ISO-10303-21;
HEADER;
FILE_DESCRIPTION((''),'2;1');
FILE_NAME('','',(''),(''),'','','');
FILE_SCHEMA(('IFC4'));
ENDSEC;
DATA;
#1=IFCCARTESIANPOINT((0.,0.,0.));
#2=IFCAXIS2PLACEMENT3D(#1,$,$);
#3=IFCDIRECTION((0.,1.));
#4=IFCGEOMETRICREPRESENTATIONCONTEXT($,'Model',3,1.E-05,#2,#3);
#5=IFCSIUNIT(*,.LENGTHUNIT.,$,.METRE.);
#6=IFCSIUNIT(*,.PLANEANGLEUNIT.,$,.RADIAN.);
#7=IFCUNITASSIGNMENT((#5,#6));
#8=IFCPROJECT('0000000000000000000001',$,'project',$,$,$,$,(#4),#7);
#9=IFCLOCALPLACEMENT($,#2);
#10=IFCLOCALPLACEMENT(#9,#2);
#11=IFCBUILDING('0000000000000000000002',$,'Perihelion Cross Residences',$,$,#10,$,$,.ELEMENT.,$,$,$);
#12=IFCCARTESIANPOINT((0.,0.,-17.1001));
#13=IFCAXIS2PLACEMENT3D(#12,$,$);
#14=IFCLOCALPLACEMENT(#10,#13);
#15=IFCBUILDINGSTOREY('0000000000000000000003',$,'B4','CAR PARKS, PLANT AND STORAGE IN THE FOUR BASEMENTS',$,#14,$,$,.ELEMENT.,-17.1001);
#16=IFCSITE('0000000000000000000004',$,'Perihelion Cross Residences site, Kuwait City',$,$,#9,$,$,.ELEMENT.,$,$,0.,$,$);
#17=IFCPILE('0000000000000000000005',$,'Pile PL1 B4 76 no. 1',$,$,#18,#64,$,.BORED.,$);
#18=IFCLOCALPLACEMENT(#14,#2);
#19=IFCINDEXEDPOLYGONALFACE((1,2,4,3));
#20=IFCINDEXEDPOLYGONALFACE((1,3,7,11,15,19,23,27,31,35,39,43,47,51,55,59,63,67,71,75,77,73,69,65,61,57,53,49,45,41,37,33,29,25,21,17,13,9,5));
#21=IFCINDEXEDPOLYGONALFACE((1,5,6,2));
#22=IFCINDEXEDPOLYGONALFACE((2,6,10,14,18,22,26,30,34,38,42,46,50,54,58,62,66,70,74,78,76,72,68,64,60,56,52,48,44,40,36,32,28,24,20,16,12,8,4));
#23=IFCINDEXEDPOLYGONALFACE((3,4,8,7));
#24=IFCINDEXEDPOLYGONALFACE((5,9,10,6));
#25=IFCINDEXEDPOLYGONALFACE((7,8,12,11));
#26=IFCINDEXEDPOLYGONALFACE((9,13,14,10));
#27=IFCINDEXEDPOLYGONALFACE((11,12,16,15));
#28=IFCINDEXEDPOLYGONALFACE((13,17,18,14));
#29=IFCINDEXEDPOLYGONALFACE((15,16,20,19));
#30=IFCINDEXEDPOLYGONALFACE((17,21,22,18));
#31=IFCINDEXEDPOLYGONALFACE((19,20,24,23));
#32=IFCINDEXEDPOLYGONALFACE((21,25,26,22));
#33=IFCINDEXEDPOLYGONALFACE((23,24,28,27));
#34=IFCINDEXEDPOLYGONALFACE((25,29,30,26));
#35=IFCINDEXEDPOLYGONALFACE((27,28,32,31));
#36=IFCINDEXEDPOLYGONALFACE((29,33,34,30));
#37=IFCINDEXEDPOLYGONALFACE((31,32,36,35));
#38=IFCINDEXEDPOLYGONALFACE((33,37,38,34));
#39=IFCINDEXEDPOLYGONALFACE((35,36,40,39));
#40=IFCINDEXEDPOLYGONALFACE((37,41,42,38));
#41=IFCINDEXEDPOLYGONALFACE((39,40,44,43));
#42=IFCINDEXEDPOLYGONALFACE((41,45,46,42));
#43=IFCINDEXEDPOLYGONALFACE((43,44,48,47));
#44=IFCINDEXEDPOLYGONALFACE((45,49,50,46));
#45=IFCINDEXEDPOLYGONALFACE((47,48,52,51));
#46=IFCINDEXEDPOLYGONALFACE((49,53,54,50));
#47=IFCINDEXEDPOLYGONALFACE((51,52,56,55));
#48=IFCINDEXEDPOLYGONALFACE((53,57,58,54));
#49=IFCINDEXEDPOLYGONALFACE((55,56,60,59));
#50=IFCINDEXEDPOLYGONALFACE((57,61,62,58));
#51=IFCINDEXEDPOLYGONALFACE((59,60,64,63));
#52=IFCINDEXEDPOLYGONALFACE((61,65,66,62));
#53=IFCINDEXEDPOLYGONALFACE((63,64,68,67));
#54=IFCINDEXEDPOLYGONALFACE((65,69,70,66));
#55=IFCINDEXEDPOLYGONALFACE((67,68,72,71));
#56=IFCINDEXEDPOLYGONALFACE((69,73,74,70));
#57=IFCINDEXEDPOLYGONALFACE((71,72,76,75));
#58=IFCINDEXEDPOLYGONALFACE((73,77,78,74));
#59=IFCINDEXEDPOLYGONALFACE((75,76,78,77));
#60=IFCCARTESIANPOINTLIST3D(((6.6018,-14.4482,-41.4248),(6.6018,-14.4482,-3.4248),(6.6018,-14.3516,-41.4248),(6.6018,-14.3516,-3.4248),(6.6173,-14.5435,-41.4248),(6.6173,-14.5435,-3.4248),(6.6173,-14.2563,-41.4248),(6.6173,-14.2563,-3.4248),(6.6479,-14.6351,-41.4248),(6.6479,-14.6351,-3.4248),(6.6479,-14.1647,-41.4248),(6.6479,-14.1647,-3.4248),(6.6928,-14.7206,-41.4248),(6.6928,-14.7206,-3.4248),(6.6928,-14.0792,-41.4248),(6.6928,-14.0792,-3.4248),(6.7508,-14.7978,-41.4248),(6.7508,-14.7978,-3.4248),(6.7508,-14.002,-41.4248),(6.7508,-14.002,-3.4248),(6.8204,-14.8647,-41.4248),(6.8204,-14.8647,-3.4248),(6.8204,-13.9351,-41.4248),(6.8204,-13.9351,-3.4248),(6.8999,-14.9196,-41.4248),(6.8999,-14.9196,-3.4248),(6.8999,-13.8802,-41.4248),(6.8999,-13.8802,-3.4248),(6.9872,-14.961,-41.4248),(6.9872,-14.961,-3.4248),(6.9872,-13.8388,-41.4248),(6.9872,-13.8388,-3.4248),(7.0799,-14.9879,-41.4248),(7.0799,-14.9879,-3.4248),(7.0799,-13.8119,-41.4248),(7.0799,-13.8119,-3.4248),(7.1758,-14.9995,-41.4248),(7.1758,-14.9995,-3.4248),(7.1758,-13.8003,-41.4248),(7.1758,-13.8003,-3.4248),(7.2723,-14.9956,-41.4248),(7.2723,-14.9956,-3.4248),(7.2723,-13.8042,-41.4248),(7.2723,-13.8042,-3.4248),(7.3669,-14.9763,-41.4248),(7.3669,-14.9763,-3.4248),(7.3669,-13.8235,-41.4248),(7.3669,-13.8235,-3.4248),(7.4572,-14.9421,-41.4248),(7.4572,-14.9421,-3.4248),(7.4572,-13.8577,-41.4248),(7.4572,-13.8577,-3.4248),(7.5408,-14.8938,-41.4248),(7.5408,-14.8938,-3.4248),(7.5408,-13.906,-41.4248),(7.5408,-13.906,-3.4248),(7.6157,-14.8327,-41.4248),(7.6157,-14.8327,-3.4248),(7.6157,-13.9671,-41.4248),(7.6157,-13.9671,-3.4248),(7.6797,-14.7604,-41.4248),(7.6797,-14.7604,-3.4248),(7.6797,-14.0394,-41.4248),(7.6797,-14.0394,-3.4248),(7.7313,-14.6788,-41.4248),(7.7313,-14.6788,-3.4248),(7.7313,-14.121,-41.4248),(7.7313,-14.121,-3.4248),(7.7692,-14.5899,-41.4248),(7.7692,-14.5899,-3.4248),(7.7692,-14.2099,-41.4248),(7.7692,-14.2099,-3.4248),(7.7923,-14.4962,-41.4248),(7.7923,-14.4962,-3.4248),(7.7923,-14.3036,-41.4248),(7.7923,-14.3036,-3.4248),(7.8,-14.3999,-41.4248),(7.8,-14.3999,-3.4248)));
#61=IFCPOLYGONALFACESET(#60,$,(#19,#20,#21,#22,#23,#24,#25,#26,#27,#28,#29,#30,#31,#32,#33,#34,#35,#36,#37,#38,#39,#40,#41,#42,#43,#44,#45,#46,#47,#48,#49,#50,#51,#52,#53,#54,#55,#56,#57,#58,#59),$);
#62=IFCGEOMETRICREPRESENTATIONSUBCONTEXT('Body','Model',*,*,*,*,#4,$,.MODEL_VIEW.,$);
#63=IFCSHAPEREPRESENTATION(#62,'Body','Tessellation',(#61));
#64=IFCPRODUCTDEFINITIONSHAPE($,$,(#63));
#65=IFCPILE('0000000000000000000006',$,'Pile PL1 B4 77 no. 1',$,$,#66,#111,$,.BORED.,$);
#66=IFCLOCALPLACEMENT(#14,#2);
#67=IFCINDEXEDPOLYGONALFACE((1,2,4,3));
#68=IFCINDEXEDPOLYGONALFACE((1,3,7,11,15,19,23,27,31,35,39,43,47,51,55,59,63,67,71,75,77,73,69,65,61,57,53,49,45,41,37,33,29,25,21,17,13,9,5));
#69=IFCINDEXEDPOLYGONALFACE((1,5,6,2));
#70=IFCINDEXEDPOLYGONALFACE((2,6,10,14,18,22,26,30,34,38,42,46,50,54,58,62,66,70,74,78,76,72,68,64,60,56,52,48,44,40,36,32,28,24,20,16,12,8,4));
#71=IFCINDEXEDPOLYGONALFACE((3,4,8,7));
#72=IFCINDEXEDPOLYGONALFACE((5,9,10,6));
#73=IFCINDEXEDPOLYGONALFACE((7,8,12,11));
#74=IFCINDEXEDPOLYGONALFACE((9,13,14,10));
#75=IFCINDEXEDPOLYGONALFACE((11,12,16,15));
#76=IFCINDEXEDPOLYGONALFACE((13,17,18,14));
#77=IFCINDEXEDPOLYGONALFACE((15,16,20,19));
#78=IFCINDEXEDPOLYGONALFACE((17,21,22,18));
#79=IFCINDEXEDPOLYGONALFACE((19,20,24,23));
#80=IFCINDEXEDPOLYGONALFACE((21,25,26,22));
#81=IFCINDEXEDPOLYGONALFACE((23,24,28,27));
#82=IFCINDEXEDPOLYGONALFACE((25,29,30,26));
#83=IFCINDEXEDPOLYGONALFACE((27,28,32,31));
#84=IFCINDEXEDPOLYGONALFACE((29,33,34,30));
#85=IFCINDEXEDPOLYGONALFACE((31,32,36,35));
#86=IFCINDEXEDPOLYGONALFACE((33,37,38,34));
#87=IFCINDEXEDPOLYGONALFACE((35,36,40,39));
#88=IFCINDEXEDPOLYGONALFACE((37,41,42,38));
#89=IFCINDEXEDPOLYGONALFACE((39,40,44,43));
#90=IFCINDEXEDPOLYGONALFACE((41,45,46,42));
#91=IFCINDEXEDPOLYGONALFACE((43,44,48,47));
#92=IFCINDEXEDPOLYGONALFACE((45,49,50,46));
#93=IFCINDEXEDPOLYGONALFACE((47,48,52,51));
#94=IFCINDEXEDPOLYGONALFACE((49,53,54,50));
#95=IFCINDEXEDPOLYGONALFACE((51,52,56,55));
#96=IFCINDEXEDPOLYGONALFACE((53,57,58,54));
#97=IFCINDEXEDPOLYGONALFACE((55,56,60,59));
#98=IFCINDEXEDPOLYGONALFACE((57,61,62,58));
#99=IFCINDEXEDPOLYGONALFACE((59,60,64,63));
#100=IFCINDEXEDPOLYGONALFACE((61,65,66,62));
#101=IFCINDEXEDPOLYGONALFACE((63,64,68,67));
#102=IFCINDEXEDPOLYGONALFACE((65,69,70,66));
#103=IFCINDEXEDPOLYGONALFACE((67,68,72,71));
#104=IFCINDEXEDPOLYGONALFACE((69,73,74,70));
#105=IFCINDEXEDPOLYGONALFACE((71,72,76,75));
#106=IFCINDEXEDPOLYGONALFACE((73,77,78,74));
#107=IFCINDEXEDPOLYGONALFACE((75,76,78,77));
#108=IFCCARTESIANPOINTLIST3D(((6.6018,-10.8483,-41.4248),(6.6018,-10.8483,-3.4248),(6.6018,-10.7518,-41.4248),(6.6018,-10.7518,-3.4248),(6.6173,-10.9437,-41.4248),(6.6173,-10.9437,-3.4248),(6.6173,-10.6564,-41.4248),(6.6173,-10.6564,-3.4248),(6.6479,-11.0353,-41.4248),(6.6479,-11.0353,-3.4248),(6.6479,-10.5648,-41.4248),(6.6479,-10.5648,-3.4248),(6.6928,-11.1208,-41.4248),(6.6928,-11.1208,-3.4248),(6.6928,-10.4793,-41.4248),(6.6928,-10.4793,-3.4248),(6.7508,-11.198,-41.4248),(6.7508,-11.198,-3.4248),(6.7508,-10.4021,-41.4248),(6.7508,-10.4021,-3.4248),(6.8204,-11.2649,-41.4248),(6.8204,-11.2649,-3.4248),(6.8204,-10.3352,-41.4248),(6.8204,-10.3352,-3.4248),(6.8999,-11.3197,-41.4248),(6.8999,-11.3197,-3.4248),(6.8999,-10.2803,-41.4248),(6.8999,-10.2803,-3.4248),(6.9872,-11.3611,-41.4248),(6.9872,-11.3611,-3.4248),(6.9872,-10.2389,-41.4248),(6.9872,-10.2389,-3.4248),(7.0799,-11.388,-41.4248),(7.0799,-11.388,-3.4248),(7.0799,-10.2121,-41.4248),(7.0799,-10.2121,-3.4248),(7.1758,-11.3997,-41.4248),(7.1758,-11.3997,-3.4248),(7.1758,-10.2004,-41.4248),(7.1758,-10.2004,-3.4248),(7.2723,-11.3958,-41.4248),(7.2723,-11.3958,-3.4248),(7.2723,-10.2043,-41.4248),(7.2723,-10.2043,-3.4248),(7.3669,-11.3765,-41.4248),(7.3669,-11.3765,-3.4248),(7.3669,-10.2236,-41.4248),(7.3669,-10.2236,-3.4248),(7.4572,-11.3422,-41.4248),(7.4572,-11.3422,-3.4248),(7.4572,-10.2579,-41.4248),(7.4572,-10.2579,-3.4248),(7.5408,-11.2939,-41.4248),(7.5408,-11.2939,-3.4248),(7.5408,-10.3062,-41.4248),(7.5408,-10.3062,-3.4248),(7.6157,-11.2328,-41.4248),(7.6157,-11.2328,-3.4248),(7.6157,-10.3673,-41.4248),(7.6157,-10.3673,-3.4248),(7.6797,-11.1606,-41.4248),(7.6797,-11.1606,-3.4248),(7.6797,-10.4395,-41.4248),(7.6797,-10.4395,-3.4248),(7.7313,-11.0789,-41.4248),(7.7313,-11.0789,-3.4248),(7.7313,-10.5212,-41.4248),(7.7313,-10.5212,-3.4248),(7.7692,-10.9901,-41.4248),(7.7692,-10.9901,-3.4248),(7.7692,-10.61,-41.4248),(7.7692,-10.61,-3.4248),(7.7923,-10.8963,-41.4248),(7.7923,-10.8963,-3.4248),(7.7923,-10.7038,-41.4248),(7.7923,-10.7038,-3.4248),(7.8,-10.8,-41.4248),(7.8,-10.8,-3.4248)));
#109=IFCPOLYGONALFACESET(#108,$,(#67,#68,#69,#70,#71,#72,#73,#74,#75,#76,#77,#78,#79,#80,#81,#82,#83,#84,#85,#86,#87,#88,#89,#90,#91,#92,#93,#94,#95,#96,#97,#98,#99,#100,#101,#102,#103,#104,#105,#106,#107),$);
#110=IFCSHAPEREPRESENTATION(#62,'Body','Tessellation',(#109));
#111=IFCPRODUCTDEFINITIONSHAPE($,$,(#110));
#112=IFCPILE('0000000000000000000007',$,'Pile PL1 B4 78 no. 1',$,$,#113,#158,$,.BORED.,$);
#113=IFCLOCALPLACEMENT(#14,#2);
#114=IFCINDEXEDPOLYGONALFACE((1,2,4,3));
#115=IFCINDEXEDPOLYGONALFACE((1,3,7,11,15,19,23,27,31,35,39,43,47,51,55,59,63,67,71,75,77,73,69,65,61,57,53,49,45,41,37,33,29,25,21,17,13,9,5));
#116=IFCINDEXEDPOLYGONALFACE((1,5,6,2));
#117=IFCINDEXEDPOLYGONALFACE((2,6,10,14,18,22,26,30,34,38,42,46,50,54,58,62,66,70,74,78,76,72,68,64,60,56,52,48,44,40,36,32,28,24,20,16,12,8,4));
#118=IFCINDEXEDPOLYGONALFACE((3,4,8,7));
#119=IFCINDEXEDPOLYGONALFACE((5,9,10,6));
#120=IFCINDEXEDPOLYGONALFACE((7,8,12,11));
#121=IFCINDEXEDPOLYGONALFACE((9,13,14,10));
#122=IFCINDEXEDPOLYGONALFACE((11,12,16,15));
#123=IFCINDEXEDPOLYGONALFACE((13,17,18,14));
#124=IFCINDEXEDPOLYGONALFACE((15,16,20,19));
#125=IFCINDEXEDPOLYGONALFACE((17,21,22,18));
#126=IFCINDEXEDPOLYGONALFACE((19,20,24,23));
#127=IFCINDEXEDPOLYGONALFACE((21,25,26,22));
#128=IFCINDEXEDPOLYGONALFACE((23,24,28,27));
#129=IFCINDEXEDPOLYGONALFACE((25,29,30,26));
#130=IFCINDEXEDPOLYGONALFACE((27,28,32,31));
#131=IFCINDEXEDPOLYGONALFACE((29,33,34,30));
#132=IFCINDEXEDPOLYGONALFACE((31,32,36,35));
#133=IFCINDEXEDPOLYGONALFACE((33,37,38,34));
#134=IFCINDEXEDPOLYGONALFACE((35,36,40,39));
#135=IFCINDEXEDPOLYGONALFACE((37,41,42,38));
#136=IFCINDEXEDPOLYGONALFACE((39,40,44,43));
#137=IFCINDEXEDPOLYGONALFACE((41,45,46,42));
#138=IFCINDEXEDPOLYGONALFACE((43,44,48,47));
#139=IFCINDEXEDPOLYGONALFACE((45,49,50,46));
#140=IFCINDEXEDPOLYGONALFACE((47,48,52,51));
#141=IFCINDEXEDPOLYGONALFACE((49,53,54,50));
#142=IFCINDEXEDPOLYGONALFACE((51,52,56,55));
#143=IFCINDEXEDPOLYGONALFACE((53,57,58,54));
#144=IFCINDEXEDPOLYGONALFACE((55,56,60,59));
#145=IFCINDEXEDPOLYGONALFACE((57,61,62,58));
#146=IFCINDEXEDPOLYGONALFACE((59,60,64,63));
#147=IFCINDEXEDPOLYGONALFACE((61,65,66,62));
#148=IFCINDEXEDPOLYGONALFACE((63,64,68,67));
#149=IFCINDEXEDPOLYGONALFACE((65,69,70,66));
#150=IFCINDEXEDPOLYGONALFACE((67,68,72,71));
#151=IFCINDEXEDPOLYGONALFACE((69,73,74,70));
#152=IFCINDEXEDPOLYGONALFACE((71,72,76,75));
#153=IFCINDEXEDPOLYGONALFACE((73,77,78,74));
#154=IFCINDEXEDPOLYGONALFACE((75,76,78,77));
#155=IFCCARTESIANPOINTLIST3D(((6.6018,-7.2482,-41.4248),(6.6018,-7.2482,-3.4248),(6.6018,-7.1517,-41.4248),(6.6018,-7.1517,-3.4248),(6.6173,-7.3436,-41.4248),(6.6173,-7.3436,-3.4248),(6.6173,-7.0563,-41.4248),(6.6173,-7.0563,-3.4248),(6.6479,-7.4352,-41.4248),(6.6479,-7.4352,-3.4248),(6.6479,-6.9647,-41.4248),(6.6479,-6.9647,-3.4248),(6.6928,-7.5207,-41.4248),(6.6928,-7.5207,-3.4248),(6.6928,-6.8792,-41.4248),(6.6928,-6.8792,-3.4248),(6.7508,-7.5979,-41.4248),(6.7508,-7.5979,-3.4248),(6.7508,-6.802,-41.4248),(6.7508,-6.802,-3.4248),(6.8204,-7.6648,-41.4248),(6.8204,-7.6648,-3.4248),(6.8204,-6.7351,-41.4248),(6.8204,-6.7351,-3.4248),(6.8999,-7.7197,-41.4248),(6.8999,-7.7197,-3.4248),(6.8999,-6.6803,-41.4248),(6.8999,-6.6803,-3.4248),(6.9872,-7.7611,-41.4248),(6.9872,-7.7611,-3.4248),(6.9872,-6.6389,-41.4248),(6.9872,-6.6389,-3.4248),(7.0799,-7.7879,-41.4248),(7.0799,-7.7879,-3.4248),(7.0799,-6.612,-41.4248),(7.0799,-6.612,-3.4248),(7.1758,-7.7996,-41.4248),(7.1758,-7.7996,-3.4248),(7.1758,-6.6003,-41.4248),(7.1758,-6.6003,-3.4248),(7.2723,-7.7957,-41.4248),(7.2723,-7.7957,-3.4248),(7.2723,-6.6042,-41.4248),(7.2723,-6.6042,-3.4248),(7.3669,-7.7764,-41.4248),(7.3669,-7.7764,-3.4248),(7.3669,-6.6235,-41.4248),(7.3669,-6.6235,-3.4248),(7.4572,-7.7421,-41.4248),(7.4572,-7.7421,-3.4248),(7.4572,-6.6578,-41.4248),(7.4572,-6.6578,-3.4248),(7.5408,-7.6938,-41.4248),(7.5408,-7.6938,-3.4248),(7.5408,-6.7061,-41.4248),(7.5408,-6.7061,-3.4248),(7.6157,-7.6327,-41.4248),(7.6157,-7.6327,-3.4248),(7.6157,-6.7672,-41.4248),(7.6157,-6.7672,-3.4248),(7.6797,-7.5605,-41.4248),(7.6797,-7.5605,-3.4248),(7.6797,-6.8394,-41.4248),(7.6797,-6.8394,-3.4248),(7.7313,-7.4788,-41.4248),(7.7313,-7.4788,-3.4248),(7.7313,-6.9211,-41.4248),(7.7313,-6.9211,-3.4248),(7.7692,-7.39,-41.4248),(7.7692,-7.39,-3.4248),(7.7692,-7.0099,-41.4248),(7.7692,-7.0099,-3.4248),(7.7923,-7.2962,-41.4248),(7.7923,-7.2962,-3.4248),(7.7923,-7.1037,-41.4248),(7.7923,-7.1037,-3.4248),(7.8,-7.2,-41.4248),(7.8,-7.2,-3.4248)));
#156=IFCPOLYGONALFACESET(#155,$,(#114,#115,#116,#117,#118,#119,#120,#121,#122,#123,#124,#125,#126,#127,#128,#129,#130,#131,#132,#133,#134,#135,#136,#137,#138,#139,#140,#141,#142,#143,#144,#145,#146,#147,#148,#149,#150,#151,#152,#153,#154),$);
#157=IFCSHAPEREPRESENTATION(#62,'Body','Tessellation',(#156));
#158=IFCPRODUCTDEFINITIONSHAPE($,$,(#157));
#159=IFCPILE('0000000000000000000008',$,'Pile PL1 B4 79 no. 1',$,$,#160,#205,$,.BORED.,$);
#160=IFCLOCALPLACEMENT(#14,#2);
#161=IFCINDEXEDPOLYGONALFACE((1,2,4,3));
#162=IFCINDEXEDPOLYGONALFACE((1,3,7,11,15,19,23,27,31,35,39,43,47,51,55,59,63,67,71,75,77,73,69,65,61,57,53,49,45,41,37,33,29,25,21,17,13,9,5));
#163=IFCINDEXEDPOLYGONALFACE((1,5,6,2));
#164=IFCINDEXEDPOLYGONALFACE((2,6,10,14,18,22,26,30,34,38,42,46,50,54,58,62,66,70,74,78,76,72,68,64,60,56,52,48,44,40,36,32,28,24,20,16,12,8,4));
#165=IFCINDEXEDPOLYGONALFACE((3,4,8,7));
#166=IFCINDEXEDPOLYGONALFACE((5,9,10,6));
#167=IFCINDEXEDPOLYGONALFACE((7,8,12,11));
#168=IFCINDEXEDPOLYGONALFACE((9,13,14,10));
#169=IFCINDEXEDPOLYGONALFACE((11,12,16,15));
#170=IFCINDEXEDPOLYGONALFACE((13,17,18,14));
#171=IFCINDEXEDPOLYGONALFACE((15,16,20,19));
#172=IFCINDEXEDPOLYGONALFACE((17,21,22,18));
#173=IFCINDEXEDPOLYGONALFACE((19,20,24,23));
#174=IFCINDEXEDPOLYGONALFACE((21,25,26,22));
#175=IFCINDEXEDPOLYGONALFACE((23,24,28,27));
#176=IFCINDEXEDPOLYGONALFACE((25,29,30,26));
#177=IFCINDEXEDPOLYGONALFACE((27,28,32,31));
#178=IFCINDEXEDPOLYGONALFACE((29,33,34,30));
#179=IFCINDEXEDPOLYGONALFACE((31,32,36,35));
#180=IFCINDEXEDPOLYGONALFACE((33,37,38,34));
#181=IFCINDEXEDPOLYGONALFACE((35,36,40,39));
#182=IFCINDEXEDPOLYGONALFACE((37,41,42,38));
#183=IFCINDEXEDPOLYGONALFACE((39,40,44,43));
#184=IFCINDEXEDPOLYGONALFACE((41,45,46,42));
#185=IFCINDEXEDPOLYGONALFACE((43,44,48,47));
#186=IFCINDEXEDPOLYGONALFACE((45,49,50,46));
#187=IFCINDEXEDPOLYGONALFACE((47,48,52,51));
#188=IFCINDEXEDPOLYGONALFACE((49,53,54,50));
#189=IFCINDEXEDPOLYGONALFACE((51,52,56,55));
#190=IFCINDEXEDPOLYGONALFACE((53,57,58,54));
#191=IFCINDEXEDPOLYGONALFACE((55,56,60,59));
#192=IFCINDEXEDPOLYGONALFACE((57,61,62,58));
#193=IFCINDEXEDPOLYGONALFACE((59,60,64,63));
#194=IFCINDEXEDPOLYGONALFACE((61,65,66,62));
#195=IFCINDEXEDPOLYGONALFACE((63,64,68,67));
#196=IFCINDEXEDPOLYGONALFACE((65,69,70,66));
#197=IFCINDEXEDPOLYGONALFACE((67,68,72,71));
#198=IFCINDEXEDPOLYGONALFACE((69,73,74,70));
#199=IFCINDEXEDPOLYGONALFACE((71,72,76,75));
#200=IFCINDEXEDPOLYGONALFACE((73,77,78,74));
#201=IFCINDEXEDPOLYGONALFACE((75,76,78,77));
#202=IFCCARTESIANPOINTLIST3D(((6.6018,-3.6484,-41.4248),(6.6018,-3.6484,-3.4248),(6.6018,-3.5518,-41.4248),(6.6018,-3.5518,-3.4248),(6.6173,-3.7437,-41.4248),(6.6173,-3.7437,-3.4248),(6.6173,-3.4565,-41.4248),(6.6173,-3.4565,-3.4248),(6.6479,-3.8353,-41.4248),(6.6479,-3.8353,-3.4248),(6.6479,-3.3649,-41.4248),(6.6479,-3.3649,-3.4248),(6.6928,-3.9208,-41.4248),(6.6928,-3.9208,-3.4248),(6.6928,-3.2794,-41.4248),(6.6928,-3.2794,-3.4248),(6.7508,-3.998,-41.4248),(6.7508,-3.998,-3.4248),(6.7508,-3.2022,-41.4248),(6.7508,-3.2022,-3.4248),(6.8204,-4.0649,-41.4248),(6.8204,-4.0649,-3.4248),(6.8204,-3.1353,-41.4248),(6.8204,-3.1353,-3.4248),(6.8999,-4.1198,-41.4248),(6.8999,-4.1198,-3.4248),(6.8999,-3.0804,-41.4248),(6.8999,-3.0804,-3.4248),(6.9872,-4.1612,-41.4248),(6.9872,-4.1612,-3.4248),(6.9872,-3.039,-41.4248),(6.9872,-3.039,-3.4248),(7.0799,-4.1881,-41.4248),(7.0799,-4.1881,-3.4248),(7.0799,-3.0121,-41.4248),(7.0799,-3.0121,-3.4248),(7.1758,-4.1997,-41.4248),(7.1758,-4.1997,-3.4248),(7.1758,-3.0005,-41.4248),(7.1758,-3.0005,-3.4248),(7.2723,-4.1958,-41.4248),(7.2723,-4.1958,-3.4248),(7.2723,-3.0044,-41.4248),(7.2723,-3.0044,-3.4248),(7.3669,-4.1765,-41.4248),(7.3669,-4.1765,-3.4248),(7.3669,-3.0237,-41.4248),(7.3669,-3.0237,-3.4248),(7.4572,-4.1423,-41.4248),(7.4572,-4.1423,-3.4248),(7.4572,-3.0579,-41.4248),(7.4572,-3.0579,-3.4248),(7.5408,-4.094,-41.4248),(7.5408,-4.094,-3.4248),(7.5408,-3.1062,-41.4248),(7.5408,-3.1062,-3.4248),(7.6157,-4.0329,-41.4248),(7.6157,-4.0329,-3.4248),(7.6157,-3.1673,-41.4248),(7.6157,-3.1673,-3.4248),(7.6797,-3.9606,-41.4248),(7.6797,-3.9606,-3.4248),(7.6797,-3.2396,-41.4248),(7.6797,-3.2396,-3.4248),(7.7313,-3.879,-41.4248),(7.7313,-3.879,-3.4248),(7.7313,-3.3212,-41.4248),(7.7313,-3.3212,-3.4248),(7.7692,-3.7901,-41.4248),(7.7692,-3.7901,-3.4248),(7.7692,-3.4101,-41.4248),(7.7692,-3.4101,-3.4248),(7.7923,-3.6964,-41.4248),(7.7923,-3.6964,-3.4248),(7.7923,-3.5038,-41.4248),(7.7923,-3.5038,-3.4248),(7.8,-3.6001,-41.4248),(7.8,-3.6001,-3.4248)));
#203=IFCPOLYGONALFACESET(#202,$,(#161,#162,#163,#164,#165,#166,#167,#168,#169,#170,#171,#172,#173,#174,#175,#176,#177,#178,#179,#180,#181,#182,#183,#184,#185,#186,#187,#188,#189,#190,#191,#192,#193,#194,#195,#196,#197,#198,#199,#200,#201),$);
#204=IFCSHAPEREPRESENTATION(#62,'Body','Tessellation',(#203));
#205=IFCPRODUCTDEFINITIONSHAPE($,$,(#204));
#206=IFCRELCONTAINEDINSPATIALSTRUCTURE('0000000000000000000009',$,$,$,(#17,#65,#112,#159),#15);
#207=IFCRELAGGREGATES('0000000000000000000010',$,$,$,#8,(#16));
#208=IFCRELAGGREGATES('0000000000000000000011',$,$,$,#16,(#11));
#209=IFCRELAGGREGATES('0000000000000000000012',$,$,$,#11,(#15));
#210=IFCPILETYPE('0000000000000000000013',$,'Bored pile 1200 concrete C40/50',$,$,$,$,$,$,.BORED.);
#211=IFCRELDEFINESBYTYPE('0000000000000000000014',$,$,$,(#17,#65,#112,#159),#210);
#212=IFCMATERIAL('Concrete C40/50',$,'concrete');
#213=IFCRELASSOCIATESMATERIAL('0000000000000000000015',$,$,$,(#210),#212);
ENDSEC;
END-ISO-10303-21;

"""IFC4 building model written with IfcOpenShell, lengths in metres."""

from ifc_helpers import new_model, si_unit, direction, frame, origin, origin_2d, place, context, subcontext, project, spatial, circle, extrude, material, type_object, element, save


model = new_model("IFC4")

# Units and contexts
model_context = context("Model", 3, precision=1e-05, world=origin(), true_north=direction((0.0, 1.0)))
body_context = subcontext(model_context, "Body", "Model", "MODEL_VIEW")
ifc_project = project(units=[si_unit("LENGTHUNIT", "METRE"), si_unit("PLANEANGLEUNIT", "RADIAN")], contexts=[model_context])

# Site, building, storey
site_placement = place(None, origin())
site = spatial("IfcSite", under=ifc_project, at=site_placement, Name="Perihelion Cross Residences site, Kuwait City", CompositionType="ELEMENT", RefElevation=0.0)
building_placement = place(site_placement, origin())
building = spatial("IfcBuilding", under=site, at=building_placement, Name="Perihelion Cross Residences", CompositionType="ELEMENT")
storey_placement = place(building_placement, frame((0.0, 0.0, -17.1001)))
storey = spatial("IfcBuildingStorey", under=building, at=storey_placement, Name="B4", Description="CAR PARKS, PLANT AND STORAGE IN THE FOUR BASEMENTS", CompositionType="ELEMENT", Elevation=-17.1001)

# Piles
ifc_material_1 = material(Name="Concrete C40/50", Category="concrete")
pile_type = type_object("IfcPileType", Name="Bored pile 1200 concrete C40/50", PredefinedType="BORED", material=ifc_material_1)
for number, where, z_axis, x_axis, name in (
    (1, (7.2, -14.3999, -3.4248), (0.0, 0.0, -1.0), (1.0, 0.0, 0.0), "Pile PL1 B4 76 no. 1"),
    (2, (7.2, -10.8, -3.4248), (0.0, 0.0, -1.0), (1.0, 0.0, 0.0), "Pile PL1 B4 77 no. 1"),
    (3, (7.2, -7.2, -3.4248), (0.0, 0.0, -1.0), (1.0, 0.0, 0.0), "Pile PL1 B4 78 no. 1"),
    (4, (7.2, -3.6001, -3.4248), (0.0, 0.0, -1.0), (1.0, 0.0, 0.0), "Pile PL1 B4 79 no. 1"),
):
    element("IfcPile", number, at=place(storey_placement, frame(where, z_axis=z_axis, x_axis=x_axis)), inside=storey, type_object=pile_type, Name=name, PredefinedType="BORED", context=body_context, shape_type="SweptSolid", body=[
        extrude(circle(Radius=0.6001, at=origin_2d()), origin(), (0.0, 0.0, 1.0), 38.0),
    ])

save(model, "model.ifc")
